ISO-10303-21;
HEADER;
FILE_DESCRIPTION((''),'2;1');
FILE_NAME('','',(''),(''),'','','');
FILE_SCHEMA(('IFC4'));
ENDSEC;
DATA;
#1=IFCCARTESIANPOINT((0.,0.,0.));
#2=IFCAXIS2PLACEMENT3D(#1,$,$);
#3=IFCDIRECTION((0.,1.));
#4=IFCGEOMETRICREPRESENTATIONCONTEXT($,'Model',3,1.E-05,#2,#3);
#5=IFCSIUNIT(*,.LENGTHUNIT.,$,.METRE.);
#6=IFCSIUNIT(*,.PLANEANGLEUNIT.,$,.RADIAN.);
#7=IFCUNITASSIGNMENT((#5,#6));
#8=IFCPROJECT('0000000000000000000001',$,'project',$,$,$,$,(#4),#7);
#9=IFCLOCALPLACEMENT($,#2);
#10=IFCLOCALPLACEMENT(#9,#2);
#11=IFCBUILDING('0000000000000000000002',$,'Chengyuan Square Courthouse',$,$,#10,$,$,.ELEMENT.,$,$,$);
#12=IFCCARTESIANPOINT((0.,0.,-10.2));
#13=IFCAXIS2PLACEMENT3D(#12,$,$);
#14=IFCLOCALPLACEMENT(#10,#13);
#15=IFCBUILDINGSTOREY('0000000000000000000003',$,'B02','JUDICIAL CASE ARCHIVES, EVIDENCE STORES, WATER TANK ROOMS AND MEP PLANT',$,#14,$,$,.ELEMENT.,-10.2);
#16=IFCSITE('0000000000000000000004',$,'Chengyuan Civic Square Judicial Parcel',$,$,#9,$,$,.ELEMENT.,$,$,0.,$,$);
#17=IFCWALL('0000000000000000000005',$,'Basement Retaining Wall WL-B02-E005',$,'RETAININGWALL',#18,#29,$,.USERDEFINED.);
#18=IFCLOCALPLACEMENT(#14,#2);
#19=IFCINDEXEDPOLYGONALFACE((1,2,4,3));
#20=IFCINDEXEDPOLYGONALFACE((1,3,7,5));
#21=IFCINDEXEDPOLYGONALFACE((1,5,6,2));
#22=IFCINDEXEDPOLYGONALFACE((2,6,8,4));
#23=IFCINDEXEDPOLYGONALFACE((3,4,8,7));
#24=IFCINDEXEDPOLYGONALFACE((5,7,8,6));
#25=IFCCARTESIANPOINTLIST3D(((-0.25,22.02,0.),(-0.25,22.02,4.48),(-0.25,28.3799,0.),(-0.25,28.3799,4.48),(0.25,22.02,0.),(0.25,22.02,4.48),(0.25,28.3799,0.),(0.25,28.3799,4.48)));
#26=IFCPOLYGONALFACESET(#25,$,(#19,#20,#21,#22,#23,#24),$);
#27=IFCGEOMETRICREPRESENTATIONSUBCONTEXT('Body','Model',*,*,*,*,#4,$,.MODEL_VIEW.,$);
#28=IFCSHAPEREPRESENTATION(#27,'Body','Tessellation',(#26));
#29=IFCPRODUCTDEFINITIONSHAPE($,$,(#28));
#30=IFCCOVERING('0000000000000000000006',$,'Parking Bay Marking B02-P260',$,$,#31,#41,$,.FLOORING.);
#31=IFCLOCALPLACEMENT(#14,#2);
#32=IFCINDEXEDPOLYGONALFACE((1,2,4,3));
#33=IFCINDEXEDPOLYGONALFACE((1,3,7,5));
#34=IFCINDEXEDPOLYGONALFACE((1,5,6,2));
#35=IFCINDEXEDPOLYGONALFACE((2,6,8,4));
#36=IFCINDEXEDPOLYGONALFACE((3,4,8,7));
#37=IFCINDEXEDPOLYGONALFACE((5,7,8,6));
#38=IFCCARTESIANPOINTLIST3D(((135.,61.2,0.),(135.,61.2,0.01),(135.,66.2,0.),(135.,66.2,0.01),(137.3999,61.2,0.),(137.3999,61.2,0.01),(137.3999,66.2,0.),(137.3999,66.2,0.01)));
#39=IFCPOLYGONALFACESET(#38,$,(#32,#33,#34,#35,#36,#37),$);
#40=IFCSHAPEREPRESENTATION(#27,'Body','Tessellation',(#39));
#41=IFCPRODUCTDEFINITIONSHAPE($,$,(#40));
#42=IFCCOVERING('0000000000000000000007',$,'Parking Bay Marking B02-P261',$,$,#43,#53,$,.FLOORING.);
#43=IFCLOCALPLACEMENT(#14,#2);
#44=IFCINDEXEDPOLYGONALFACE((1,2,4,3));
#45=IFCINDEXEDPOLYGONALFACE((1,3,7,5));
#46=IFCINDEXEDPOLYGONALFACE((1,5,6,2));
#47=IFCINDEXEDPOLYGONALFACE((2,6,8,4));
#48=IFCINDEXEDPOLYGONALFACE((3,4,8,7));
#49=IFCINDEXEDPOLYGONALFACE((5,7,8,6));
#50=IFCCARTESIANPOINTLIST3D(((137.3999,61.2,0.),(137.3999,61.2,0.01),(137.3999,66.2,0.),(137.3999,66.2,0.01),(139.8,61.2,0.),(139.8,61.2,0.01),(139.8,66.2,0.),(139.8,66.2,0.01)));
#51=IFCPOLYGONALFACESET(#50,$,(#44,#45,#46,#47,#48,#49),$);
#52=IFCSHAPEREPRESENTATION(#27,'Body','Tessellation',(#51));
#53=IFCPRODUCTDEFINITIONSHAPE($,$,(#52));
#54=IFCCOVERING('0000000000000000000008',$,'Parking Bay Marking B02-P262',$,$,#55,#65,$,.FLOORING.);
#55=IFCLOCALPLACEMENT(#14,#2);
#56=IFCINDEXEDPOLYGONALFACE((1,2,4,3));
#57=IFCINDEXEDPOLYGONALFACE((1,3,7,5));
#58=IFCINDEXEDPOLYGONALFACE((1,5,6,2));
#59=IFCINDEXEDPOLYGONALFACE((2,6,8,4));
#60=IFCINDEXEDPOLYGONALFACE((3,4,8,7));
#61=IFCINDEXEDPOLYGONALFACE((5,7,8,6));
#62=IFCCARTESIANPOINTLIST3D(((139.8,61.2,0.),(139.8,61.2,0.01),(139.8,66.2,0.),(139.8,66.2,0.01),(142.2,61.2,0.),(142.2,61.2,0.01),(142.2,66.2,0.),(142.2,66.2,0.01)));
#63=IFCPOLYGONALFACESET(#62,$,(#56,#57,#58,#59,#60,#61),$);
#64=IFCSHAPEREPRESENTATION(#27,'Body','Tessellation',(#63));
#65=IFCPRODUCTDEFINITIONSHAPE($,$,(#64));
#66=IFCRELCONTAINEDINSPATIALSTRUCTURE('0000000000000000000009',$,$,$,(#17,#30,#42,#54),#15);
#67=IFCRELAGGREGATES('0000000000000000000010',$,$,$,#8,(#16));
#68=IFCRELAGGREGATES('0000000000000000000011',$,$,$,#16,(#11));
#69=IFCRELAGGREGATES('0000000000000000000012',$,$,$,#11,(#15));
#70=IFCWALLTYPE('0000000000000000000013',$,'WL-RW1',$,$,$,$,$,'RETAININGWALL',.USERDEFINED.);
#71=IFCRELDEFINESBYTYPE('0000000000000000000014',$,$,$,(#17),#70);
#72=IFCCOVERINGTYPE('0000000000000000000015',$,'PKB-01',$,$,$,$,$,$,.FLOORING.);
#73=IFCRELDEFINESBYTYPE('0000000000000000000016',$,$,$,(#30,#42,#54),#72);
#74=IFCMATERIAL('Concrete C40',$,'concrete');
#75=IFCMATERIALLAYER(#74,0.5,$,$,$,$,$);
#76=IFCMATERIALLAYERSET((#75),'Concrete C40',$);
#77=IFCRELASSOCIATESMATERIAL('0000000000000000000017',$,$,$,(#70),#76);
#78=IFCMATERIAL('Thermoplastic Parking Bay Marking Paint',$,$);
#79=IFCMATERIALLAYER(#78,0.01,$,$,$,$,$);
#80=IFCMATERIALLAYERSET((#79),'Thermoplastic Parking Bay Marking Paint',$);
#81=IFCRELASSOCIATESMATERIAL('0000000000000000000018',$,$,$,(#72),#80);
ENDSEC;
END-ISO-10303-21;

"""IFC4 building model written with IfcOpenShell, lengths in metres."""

from ifc_helpers import new_model, si_unit, direction, frame, frame_2d, origin, place, context, subcontext, project, spatial, polyline, rectangle, outline, extrude, material, layer, layer_set, type_object, element, save


model = new_model("IFC4")

# Units and contexts
model_context = context("Model", 3, precision=1e-05, world=origin(), true_north=direction((0.0, 1.0)))
body_context = subcontext(model_context, "Body", "Model", "MODEL_VIEW")
ifc_project = project(units=[si_unit("LENGTHUNIT", "METRE"), si_unit("PLANEANGLEUNIT", "RADIAN")], contexts=[model_context])

# Site, building, storey
site_placement = place(None, origin())
site = spatial("IfcSite", under=ifc_project, at=site_placement, Name="Chengyuan Civic Square Judicial Parcel", CompositionType="ELEMENT", RefElevation=0.0)
building_placement = place(site_placement, origin())
building = spatial("IfcBuilding", under=site, at=building_placement, Name="Chengyuan Square Courthouse", CompositionType="ELEMENT")
storey_placement = place(building_placement, frame((0.0, 0.0, -10.2)))
storey = spatial("IfcBuildingStorey", under=building, at=storey_placement, Name="B02", Description="JUDICIAL CASE ARCHIVES, EVIDENCE STORES, WATER TANK ROOMS AND MEP PLANT", CompositionType="ELEMENT", Elevation=-10.2)

# Shared definitions
ifc_material_1 = material(Name="Concrete C40", Category="concrete")

# Wall
ifc_layer_1 = layer(ifc_material_1, 0.5)
ifc_layer_set_1 = layer_set([ifc_layer_1], Name="Concrete C40")
wall_type = type_object("IfcWallType", Name="WL-RW1", ElementType="RETAININGWALL", PredefinedType="USERDEFINED", material=ifc_layer_set_1)
for number, where, z_axis, x_axis, name in (
    (1, (0.0, 22.02, 0.0), (0.0, 0.0, 1.0), (0.0, 1.0, 0.0), "Basement Retaining Wall WL-B02-E005"),
):
    element("IfcWall", number, at=place(storey_placement, frame(where, z_axis=z_axis, x_axis=x_axis)), inside=storey, type_object=wall_type, Name=name, ObjectType="RETAININGWALL", PredefinedType="USERDEFINED", context=body_context, shape_type="SweptSolid", body=[
        extrude(rectangle(XDim=6.3599, YDim=0.5, at=frame_2d((3.1799, 0.0))), origin(), (0.0, 0.0, 1.0), 4.48),
    ])

# Coverings
ifc_material_2 = material(Name="Thermoplastic Parking Bay Marking Paint")
ifc_layer_2 = layer(ifc_material_2, 0.01)
ifc_layer_set_2 = layer_set([ifc_layer_2], Name="Thermoplastic Parking Bay Marking Paint")
covering_type = type_object("IfcCoveringType", Name="PKB-01", PredefinedType="FLOORING", material=ifc_layer_set_2)
covering_1_placement = place(storey_placement, origin())
element("IfcCovering", 2, at=covering_1_placement, inside=storey, type_object=covering_type, Name="Parking Bay Marking B02-P260", PredefinedType="FLOORING", context=body_context, shape_type="SweptSolid", body=[
    extrude(outline(polyline([(135.0, 61.2), (137.3999, 61.2), (137.3999, 66.2), (135.0, 66.2), (135.0, 61.2)])), origin(), (0.0, 0.0, 1.0), 0.01),
])
covering_2_placement = place(storey_placement, origin())
element("IfcCovering", 3, at=covering_2_placement, inside=storey, type_object=covering_type, Name="Parking Bay Marking B02-P261", PredefinedType="FLOORING", context=body_context, shape_type="SweptSolid", body=[
    extrude(outline(polyline([(137.3999, 61.2), (139.8, 61.2), (139.8, 66.2), (137.3999, 66.2), (137.3999, 61.2)])), origin(), (0.0, 0.0, 1.0), 0.01),
])
covering_3_placement = place(storey_placement, origin())
element("IfcCovering", 4, at=covering_3_placement, inside=storey, type_object=covering_type, Name="Parking Bay Marking B02-P262", PredefinedType="FLOORING", context=body_context, shape_type="SweptSolid", body=[
    extrude(outline(polyline([(139.8, 61.2), (142.2, 61.2), (142.2, 66.2), (139.8, 66.2), (139.8, 61.2)])), origin(), (0.0, 0.0, 1.0), 0.01),
])

save(model, "model.ifc")
